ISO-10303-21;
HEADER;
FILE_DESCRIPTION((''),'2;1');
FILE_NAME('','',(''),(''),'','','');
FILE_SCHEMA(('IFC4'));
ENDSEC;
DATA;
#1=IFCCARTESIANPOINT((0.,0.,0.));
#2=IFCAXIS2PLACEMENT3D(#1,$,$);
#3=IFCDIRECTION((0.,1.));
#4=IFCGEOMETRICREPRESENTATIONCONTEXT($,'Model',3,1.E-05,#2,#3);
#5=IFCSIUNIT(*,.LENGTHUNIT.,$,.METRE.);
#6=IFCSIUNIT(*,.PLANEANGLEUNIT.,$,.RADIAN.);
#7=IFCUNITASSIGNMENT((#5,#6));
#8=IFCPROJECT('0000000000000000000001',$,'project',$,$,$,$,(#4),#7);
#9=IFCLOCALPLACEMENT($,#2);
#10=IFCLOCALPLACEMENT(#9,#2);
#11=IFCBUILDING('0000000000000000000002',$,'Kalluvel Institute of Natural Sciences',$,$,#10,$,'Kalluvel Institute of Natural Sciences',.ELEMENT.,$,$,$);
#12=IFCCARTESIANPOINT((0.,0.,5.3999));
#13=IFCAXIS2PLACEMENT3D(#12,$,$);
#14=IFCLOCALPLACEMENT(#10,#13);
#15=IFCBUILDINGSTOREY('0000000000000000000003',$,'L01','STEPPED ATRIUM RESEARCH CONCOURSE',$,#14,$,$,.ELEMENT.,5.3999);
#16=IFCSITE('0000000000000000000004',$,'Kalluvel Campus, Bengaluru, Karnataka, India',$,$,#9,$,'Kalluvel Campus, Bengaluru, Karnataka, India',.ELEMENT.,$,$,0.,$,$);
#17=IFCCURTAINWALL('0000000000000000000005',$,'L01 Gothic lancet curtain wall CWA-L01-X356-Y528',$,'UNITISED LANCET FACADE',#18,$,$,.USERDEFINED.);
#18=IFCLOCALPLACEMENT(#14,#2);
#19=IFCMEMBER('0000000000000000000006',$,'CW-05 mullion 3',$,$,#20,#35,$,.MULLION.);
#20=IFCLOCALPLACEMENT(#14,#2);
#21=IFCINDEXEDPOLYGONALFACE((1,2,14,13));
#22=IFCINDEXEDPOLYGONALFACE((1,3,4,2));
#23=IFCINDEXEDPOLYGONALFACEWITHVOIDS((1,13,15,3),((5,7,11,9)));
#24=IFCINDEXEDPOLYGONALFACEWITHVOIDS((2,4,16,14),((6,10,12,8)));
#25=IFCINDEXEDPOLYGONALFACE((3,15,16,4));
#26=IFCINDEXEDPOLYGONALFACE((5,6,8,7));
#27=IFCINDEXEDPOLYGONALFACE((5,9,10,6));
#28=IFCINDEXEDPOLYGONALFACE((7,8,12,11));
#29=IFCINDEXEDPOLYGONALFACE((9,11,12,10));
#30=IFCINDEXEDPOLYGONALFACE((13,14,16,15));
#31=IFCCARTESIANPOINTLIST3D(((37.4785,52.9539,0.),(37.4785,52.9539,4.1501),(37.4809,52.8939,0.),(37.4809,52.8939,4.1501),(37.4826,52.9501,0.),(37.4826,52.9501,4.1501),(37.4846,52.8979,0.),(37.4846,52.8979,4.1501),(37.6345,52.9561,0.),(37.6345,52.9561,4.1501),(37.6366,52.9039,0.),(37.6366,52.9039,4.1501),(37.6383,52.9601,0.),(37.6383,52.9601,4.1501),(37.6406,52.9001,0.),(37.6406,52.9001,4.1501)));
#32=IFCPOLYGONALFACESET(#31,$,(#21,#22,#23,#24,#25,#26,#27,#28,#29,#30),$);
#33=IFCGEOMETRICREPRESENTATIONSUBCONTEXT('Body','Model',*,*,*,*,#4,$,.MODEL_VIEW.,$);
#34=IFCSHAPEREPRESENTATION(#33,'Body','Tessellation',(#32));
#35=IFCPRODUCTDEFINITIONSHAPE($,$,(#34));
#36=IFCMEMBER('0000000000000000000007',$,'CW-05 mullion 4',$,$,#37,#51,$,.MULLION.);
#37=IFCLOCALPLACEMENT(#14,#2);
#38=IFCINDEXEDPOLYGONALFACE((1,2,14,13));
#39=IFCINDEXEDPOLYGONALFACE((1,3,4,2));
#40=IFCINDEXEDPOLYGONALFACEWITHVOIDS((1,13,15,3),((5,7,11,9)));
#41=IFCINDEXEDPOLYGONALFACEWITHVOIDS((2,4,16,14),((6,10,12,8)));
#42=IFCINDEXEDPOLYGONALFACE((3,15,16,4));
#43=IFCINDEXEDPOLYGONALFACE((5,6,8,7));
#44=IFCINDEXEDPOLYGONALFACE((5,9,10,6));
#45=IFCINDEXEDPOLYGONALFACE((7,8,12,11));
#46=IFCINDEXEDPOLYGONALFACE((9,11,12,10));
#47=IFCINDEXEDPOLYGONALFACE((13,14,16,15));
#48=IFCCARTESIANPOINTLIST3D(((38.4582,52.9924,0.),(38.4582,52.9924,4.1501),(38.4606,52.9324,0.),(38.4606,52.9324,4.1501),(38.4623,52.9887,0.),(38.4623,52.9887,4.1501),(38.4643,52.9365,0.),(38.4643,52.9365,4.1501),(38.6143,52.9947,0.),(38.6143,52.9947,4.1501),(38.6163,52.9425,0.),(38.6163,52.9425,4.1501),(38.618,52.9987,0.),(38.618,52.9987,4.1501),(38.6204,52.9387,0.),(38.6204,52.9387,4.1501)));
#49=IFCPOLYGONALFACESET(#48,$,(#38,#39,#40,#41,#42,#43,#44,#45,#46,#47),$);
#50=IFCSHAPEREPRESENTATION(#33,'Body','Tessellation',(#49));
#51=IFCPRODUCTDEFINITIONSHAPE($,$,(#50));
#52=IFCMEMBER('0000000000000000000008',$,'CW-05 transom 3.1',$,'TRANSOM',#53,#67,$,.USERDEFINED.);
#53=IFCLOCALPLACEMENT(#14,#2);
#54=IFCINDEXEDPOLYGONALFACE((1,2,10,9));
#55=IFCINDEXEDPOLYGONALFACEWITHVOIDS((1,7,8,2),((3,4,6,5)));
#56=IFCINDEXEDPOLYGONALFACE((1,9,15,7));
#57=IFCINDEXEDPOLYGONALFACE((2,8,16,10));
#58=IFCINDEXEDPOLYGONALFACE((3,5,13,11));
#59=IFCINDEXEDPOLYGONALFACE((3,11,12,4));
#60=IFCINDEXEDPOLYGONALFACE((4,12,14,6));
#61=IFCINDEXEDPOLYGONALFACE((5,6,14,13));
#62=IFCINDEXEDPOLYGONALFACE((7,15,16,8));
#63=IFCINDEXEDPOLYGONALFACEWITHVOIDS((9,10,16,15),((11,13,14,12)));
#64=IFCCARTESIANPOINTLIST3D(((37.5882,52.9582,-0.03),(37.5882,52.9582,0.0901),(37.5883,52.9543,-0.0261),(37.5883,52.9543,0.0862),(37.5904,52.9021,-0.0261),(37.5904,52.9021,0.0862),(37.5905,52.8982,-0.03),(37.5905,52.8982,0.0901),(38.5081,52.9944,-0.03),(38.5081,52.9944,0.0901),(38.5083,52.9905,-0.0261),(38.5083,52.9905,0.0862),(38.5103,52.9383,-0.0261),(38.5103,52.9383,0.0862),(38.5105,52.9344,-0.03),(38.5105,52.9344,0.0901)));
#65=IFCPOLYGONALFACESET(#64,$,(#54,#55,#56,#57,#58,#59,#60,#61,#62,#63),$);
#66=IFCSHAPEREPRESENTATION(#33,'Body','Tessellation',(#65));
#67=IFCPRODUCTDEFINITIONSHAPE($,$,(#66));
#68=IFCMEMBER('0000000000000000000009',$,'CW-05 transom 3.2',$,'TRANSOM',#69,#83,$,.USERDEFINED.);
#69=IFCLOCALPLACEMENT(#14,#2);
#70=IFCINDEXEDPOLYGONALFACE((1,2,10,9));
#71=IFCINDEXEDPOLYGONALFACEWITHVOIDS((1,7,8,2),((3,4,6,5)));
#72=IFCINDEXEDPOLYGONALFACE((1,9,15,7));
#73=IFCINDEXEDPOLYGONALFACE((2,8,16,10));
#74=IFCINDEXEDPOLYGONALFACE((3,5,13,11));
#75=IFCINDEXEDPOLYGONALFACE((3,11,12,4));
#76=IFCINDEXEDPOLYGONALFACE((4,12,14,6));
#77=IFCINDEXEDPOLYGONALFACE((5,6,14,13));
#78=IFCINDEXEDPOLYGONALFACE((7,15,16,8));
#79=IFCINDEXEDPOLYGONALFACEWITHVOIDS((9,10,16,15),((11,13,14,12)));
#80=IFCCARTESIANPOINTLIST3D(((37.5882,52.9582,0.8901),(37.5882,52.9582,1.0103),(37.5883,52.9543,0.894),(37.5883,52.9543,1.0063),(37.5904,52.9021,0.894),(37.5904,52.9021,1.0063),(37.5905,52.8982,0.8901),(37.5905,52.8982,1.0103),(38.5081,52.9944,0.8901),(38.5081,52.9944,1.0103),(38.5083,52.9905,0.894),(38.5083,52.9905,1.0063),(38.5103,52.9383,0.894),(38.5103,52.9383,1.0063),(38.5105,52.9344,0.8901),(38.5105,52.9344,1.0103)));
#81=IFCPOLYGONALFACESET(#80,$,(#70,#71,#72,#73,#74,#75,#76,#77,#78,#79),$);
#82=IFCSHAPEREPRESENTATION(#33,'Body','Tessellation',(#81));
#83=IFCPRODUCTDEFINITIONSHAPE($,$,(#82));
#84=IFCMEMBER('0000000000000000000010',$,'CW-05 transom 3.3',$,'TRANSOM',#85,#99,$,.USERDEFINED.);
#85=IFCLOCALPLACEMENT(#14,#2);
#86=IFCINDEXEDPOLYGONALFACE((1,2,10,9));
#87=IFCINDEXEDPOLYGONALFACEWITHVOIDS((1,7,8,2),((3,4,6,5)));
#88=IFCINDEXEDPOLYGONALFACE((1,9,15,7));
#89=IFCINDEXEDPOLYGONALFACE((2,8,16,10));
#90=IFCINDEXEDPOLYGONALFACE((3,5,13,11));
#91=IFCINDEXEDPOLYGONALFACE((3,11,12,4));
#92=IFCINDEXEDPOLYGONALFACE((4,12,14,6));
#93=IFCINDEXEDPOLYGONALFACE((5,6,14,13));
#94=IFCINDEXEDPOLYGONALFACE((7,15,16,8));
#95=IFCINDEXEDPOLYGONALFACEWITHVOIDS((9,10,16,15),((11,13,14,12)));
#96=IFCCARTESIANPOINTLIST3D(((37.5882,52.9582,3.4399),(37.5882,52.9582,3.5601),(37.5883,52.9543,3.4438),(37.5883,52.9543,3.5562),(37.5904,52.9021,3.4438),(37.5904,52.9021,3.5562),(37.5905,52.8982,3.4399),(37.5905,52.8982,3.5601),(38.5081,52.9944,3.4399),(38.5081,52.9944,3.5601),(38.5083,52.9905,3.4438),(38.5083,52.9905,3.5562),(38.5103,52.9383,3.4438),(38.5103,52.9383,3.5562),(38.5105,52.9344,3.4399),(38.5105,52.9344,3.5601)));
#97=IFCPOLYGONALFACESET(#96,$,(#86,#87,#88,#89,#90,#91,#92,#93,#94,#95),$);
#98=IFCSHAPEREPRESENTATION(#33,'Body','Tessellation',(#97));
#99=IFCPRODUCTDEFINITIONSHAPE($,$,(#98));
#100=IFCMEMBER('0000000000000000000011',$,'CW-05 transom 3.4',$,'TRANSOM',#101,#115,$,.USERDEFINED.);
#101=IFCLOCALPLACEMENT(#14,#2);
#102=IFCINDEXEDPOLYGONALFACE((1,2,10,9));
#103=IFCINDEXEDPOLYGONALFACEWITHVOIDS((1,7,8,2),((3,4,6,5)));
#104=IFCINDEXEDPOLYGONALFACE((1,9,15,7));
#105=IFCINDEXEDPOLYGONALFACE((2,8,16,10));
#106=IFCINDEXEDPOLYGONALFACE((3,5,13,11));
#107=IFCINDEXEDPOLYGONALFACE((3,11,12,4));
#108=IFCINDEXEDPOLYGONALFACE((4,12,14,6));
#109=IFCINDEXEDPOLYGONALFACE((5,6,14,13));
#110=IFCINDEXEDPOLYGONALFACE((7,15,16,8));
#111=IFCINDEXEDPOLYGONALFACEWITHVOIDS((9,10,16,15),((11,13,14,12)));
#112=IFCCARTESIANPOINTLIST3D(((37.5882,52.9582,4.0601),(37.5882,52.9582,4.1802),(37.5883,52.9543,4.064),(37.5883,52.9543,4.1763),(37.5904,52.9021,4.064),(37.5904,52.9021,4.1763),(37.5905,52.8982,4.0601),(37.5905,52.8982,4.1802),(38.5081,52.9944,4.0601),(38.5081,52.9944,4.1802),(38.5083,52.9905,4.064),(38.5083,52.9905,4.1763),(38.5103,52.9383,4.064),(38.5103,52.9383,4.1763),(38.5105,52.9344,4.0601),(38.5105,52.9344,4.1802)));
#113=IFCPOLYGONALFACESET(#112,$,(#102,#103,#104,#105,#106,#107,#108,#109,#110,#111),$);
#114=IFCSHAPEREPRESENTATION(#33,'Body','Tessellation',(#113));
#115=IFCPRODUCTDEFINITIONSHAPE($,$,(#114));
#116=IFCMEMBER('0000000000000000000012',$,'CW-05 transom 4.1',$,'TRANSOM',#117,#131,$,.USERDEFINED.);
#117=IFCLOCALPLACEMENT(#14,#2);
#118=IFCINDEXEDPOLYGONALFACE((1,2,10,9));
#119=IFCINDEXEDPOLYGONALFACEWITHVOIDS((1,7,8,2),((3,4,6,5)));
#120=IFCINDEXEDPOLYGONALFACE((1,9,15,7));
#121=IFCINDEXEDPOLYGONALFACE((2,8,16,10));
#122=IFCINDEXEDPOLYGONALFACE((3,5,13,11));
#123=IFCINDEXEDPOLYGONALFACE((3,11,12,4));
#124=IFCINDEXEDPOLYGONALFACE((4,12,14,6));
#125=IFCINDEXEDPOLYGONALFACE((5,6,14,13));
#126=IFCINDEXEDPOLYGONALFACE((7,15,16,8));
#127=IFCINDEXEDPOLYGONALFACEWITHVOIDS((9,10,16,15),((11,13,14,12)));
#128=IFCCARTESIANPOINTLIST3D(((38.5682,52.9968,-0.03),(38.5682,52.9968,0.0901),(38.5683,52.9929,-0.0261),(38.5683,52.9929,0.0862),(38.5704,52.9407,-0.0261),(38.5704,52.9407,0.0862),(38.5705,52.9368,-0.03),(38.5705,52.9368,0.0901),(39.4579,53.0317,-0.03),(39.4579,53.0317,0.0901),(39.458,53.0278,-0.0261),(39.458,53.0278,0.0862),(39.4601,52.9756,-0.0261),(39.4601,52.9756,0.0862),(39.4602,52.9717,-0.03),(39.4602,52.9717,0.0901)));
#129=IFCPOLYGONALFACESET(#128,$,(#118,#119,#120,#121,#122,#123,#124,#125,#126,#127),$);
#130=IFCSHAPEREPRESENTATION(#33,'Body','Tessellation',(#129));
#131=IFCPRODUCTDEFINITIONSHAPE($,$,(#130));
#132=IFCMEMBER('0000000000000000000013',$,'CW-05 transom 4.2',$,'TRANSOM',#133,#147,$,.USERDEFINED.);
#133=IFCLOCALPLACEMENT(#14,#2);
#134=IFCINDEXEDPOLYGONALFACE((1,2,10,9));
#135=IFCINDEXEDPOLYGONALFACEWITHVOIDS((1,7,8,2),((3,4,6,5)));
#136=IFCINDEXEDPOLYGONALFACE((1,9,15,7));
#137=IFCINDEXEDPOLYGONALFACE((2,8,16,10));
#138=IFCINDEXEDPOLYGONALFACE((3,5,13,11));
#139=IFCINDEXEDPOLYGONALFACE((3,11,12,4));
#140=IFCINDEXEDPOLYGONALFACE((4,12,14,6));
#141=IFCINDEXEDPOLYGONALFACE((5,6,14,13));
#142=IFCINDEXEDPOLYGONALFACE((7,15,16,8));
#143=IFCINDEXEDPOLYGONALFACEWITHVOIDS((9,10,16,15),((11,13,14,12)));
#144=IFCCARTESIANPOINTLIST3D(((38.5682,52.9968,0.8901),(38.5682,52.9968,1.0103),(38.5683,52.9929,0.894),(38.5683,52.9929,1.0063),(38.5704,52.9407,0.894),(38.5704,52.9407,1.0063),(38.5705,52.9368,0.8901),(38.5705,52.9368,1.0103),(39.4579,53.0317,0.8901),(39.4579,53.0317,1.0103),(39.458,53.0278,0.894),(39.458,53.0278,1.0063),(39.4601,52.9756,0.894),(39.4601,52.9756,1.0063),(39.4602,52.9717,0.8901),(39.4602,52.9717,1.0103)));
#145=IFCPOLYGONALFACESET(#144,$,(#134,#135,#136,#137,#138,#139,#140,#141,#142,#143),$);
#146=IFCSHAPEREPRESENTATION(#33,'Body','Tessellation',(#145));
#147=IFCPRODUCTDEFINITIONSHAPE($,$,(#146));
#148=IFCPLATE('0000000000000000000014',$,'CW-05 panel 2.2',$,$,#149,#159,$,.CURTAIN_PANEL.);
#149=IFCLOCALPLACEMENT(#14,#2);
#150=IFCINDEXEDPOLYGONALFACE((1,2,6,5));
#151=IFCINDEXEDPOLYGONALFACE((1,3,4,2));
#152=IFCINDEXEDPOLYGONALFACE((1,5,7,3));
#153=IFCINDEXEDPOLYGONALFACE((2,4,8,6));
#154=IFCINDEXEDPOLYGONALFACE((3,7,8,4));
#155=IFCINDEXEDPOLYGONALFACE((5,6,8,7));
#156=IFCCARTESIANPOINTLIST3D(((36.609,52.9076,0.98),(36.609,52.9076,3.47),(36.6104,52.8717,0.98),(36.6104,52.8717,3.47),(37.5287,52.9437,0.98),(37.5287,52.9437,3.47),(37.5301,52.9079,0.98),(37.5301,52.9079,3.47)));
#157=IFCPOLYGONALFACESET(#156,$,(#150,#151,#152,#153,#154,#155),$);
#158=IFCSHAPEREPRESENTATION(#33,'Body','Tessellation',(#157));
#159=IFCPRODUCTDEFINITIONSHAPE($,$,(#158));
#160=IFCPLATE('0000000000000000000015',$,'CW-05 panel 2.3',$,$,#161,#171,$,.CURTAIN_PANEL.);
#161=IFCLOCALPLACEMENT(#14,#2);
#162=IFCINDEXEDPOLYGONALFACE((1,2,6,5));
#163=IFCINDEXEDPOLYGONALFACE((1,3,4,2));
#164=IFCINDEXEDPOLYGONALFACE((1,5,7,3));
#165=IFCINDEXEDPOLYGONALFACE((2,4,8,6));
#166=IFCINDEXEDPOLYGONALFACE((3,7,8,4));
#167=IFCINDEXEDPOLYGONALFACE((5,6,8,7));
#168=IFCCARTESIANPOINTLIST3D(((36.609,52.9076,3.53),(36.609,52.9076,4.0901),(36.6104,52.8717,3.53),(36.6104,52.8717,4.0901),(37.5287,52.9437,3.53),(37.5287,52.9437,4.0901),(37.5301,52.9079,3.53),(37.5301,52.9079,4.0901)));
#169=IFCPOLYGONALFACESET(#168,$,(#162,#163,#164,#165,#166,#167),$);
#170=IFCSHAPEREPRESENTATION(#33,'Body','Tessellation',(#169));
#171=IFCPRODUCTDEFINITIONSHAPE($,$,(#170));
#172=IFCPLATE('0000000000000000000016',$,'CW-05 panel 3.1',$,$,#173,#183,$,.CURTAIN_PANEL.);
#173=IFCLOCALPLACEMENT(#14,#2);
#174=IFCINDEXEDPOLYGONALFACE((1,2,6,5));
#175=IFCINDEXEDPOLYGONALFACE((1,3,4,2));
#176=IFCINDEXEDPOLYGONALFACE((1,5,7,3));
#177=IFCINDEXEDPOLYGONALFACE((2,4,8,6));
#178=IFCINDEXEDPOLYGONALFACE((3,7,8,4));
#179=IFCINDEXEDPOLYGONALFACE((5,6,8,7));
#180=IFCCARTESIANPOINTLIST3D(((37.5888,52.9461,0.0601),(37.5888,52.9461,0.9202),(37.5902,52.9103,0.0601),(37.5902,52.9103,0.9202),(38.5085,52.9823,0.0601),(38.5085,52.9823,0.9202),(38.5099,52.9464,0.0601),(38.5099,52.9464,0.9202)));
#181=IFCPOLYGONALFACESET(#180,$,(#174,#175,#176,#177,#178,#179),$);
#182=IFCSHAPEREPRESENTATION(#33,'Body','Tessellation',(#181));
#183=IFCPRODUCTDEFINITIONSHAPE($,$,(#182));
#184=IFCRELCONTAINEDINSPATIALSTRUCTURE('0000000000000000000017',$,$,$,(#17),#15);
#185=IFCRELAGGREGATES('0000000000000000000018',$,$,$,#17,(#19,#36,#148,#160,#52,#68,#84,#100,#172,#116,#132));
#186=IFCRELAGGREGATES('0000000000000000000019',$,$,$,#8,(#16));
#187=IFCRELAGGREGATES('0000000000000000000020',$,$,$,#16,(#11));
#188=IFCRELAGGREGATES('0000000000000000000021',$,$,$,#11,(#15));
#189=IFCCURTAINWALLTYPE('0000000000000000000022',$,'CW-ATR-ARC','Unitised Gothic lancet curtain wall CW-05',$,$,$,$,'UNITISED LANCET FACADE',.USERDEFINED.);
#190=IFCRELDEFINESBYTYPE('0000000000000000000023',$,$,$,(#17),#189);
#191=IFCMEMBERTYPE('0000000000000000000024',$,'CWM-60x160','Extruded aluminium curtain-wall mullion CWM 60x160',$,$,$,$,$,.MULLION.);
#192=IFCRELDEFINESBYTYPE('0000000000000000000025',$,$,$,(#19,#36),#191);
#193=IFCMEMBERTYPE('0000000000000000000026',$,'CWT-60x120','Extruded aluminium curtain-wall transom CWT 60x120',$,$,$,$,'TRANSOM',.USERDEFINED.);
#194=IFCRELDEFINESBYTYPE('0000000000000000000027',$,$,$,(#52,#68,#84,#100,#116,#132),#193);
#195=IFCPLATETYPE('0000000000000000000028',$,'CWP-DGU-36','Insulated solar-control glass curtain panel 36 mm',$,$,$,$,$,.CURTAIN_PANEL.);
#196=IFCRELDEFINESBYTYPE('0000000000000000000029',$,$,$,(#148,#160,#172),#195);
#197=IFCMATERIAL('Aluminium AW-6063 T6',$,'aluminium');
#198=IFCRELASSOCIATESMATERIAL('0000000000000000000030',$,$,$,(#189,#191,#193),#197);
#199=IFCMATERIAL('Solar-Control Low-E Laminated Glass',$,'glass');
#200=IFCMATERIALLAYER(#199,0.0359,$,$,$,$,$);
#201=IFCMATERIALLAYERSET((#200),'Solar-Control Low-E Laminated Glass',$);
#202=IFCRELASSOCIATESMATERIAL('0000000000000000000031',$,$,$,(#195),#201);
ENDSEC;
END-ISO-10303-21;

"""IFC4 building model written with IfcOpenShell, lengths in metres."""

from ifc_helpers import new_model, si_unit, direction, frame, origin, origin_2d, place, context, subcontext, project, spatial, rectangle, hollow_rectangle, extrude, material, layer, layer_set, material_profile, profile_set, type_object, element, aggregate, save


model = new_model("IFC4")

# Units and contexts
model_context = context("Model", 3, precision=1e-05, world=origin(), true_north=direction((0.0, 1.0)))
body_context = subcontext(model_context, "Body", "Model", "MODEL_VIEW")
ifc_project = project(units=[si_unit("LENGTHUNIT", "METRE"), si_unit("PLANEANGLEUNIT", "RADIAN")], contexts=[model_context])

# Site, building, storey
site_placement = place(None, origin())
site = spatial("IfcSite", under=ifc_project, at=site_placement, Name="Kalluvel Campus, Bengaluru, Karnataka, India", LongName="Kalluvel Campus, Bengaluru, Karnataka, India", CompositionType="ELEMENT", RefElevation=0.0)
building_placement = place(site_placement, origin())
building = spatial("IfcBuilding", under=site, at=building_placement, Name="Kalluvel Institute of Natural Sciences", LongName="Kalluvel Institute of Natural Sciences", CompositionType="ELEMENT")
storey_placement = place(building_placement, frame((0.0, 0.0, 5.3999)))
storey = spatial("IfcBuildingStorey", under=building, at=storey_placement, Name="L01", Description="STEPPED ATRIUM RESEARCH CONCOURSE", CompositionType="ELEMENT", Elevation=5.3999)

# Curtain wall, members, plates
ifc_material_1 = material(Name="Aluminium AW-6063 T6", Category="aluminium")
curtain_wall_type = type_object("IfcCurtainWallType", Name="CW-ATR-ARC", Description="Unitised Gothic lancet curtain wall CW-05", ElementType="UNITISED LANCET FACADE", PredefinedType="USERDEFINED", material=ifc_material_1)
curtain_wall_placement = place(storey_placement, origin())
curtain_wall = element("IfcCurtainWall", 1, at=curtain_wall_placement, inside=storey, type_object=curtain_wall_type, Name="L01 Gothic lancet curtain wall CWA-L01-X356-Y528", ObjectType="UNITISED LANCET FACADE", PredefinedType="USERDEFINED")
ifc_material_profile_1 = material_profile(ifc_material_1, hollow_rectangle(XDim=0.0601, YDim=0.1599, WallThickness=0.0039, at=origin_2d()), Name="CWM 60x160")
ifc_profile_set_1 = profile_set([ifc_material_profile_1], Name="Aluminium AW-6063 T6")
member_type_1 = type_object("IfcMemberType", Name="CWM-60x160", Description="Extruded aluminium curtain-wall mullion CWM 60x160", PredefinedType="MULLION", material=ifc_profile_set_1)
member_1_placement = place(storey_placement, frame((37.5596, 52.927, 0.0), z_axis=(0.0, 0.0, 1.0), x_axis=(-0.039265, 0.999229, 0.0)))
member_1 = element("IfcMember", 2, at=member_1_placement, type_object=member_type_1, Name="CW-05 mullion 3", PredefinedType="MULLION", context=body_context, shape_type="SweptSolid", body=[
    extrude(hollow_rectangle(XDim=0.0601, YDim=0.1599, WallThickness=0.0039, at=origin_2d()), origin(), (0.0, 0.0, 1.0), 4.1501),
])
member_2_placement = place(storey_placement, frame((38.5393, 52.9656, 0.0), z_axis=(0.0, 0.0, 1.0), x_axis=(-0.039265, 0.999229, 0.0)))
member_2 = element("IfcMember", 3, at=member_2_placement, type_object=member_type_1, Name="CW-05 mullion 4", PredefinedType="MULLION", context=body_context, shape_type="SweptSolid", body=[
    extrude(hollow_rectangle(XDim=0.0601, YDim=0.1599, WallThickness=0.0039, at=origin_2d()), origin(), (0.0, 0.0, 1.0), 4.1501),
])
ifc_material_profile_2 = material_profile(ifc_material_1, hollow_rectangle(XDim=0.0601, YDim=0.1201, WallThickness=0.0039, at=origin_2d()), Name="CWT 60x120")
ifc_profile_set_2 = profile_set([ifc_material_profile_2], Name="Aluminium AW-6063 T6")
member_type_2 = type_object("IfcMemberType", Name="CWT-60x120", Description="Extruded aluminium curtain-wall transom CWT 60x120", ElementType="TRANSOM", PredefinedType="USERDEFINED", material=ifc_profile_set_2)
member_3_placement = place(storey_placement, frame((37.5894, 52.9282, 0.03), z_axis=(0.99923, 0.039248, 0.0), x_axis=(-0.039248, 0.99923, 0.0)))
member_3 = element("IfcMember", 4, at=member_3_placement, type_object=member_type_2, Name="CW-05 transom 3.1", ObjectType="TRANSOM", PredefinedType="USERDEFINED", context=body_context, shape_type="SweptSolid", body=[
    extrude(hollow_rectangle(XDim=0.0601, YDim=0.1201, WallThickness=0.0039, at=origin_2d()), origin(), (0.0, 0.0, 1.0), 0.9207),
])
member_4_placement = place(storey_placement, frame((37.5894, 52.9282, 0.9502), z_axis=(0.99923, 0.039248, 0.0), x_axis=(-0.039248, 0.99923, 0.0)))
member_4 = element("IfcMember", 5, at=member_4_placement, type_object=member_type_2, Name="CW-05 transom 3.2", ObjectType="TRANSOM", PredefinedType="USERDEFINED", context=body_context, shape_type="SweptSolid", body=[
    extrude(hollow_rectangle(XDim=0.0601, YDim=0.1201, WallThickness=0.0039, at=origin_2d()), origin(), (0.0, 0.0, 1.0), 0.9207),
])
member_5_placement = place(storey_placement, frame((37.5894, 52.9282, 3.5), z_axis=(0.99923, 0.039248, 0.0), x_axis=(-0.039248, 0.99923, 0.0)))
member_5 = element("IfcMember", 6, at=member_5_placement, type_object=member_type_2, Name="CW-05 transom 3.3", ObjectType="TRANSOM", PredefinedType="USERDEFINED", context=body_context, shape_type="SweptSolid", body=[
    extrude(hollow_rectangle(XDim=0.0601, YDim=0.1201, WallThickness=0.0039, at=origin_2d()), origin(), (0.0, 0.0, 1.0), 0.9207),
])
member_6_placement = place(storey_placement, frame((37.5894, 52.9282, 4.1201), z_axis=(0.99923, 0.039248, 0.0), x_axis=(-0.039248, 0.99923, 0.0)))
member_6 = element("IfcMember", 7, at=member_6_placement, type_object=member_type_2, Name="CW-05 transom 3.4", ObjectType="TRANSOM", PredefinedType="USERDEFINED", context=body_context, shape_type="SweptSolid", body=[
    extrude(hollow_rectangle(XDim=0.0601, YDim=0.1201, WallThickness=0.0039, at=origin_2d()), origin(), (0.0, 0.0, 1.0), 0.9207),
])
member_7_placement = place(storey_placement, frame((38.5693, 52.9668, 0.03), z_axis=(0.999231, 0.039212, 0.0), x_axis=(-0.039212, 0.999231, 0.0)))
member_7 = element("IfcMember", 8, at=member_7_placement, type_object=member_type_2, Name="CW-05 transom 4.1", ObjectType="TRANSOM", PredefinedType="USERDEFINED", context=body_context, shape_type="SweptSolid", body=[
    extrude(hollow_rectangle(XDim=0.0601, YDim=0.1201, WallThickness=0.0039, at=origin_2d()), origin(), (0.0, 0.0, 1.0), 0.8904),
])
member_8_placement = place(storey_placement, frame((38.5693, 52.9668, 0.9502), z_axis=(0.999231, 0.039212, 0.0), x_axis=(-0.039212, 0.999231, 0.0)))
member_8 = element("IfcMember", 9, at=member_8_placement, type_object=member_type_2, Name="CW-05 transom 4.2", ObjectType="TRANSOM", PredefinedType="USERDEFINED", context=body_context, shape_type="SweptSolid", body=[
    extrude(hollow_rectangle(XDim=0.0601, YDim=0.1201, WallThickness=0.0039, at=origin_2d()), origin(), (0.0, 0.0, 1.0), 0.8904),
])
ifc_material_2 = material(Name="Solar-Control Low-E Laminated Glass", Category="glass")
ifc_layer_1 = layer(ifc_material_2, 0.0359)
ifc_layer_set_1 = layer_set([ifc_layer_1], Name="Solar-Control Low-E Laminated Glass")
plate_type = type_object("IfcPlateType", Name="CWP-DGU-36", Description="Insulated solar-control glass curtain panel 36 mm", PredefinedType="CURTAIN_PANEL", material=ifc_layer_set_1)
plate_1_placement = place(storey_placement, frame((37.0696, 52.9077, 0.98), z_axis=(0.0, 0.0, 1.0), x_axis=(0.999229, 0.039265, 0.0)))
plate_1 = element("IfcPlate", 10, at=plate_1_placement, type_object=plate_type, Name="CW-05 panel 2.2", PredefinedType="CURTAIN_PANEL", context=body_context, shape_type="SweptSolid", body=[
    extrude(rectangle(XDim=0.9204, YDim=0.0359, at=origin_2d()), origin(), (0.0, 0.0, 1.0), 2.49),
])
plate_2_placement = place(storey_placement, frame((37.0696, 52.9077, 3.53), z_axis=(0.0, 0.0, 1.0), x_axis=(0.999229, 0.039265, 0.0)))
plate_2 = element("IfcPlate", 11, at=plate_2_placement, type_object=plate_type, Name="CW-05 panel 2.3", PredefinedType="CURTAIN_PANEL", context=body_context, shape_type="SweptSolid", body=[
    extrude(rectangle(XDim=0.9204, YDim=0.0359, at=origin_2d()), origin(), (0.0, 0.0, 1.0), 0.5601),
])
plate_3_placement = place(storey_placement, frame((38.0493, 52.9463, 0.0601), z_axis=(0.0, 0.0, 1.0), x_axis=(0.999229, 0.039265, 0.0)))
plate_3 = element("IfcPlate", 12, at=plate_3_placement, type_object=plate_type, Name="CW-05 panel 3.1", PredefinedType="CURTAIN_PANEL", context=body_context, shape_type="SweptSolid", body=[
    extrude(rectangle(XDim=0.9204, YDim=0.0359, at=origin_2d()), origin(), (0.0, 0.0, 1.0), 0.8601),
])
aggregate(curtain_wall, [member_1, member_2, plate_1, plate_2, member_3, member_4, member_5, member_6, plate_3, member_7, member_8])

save(model, "model.ifc")
